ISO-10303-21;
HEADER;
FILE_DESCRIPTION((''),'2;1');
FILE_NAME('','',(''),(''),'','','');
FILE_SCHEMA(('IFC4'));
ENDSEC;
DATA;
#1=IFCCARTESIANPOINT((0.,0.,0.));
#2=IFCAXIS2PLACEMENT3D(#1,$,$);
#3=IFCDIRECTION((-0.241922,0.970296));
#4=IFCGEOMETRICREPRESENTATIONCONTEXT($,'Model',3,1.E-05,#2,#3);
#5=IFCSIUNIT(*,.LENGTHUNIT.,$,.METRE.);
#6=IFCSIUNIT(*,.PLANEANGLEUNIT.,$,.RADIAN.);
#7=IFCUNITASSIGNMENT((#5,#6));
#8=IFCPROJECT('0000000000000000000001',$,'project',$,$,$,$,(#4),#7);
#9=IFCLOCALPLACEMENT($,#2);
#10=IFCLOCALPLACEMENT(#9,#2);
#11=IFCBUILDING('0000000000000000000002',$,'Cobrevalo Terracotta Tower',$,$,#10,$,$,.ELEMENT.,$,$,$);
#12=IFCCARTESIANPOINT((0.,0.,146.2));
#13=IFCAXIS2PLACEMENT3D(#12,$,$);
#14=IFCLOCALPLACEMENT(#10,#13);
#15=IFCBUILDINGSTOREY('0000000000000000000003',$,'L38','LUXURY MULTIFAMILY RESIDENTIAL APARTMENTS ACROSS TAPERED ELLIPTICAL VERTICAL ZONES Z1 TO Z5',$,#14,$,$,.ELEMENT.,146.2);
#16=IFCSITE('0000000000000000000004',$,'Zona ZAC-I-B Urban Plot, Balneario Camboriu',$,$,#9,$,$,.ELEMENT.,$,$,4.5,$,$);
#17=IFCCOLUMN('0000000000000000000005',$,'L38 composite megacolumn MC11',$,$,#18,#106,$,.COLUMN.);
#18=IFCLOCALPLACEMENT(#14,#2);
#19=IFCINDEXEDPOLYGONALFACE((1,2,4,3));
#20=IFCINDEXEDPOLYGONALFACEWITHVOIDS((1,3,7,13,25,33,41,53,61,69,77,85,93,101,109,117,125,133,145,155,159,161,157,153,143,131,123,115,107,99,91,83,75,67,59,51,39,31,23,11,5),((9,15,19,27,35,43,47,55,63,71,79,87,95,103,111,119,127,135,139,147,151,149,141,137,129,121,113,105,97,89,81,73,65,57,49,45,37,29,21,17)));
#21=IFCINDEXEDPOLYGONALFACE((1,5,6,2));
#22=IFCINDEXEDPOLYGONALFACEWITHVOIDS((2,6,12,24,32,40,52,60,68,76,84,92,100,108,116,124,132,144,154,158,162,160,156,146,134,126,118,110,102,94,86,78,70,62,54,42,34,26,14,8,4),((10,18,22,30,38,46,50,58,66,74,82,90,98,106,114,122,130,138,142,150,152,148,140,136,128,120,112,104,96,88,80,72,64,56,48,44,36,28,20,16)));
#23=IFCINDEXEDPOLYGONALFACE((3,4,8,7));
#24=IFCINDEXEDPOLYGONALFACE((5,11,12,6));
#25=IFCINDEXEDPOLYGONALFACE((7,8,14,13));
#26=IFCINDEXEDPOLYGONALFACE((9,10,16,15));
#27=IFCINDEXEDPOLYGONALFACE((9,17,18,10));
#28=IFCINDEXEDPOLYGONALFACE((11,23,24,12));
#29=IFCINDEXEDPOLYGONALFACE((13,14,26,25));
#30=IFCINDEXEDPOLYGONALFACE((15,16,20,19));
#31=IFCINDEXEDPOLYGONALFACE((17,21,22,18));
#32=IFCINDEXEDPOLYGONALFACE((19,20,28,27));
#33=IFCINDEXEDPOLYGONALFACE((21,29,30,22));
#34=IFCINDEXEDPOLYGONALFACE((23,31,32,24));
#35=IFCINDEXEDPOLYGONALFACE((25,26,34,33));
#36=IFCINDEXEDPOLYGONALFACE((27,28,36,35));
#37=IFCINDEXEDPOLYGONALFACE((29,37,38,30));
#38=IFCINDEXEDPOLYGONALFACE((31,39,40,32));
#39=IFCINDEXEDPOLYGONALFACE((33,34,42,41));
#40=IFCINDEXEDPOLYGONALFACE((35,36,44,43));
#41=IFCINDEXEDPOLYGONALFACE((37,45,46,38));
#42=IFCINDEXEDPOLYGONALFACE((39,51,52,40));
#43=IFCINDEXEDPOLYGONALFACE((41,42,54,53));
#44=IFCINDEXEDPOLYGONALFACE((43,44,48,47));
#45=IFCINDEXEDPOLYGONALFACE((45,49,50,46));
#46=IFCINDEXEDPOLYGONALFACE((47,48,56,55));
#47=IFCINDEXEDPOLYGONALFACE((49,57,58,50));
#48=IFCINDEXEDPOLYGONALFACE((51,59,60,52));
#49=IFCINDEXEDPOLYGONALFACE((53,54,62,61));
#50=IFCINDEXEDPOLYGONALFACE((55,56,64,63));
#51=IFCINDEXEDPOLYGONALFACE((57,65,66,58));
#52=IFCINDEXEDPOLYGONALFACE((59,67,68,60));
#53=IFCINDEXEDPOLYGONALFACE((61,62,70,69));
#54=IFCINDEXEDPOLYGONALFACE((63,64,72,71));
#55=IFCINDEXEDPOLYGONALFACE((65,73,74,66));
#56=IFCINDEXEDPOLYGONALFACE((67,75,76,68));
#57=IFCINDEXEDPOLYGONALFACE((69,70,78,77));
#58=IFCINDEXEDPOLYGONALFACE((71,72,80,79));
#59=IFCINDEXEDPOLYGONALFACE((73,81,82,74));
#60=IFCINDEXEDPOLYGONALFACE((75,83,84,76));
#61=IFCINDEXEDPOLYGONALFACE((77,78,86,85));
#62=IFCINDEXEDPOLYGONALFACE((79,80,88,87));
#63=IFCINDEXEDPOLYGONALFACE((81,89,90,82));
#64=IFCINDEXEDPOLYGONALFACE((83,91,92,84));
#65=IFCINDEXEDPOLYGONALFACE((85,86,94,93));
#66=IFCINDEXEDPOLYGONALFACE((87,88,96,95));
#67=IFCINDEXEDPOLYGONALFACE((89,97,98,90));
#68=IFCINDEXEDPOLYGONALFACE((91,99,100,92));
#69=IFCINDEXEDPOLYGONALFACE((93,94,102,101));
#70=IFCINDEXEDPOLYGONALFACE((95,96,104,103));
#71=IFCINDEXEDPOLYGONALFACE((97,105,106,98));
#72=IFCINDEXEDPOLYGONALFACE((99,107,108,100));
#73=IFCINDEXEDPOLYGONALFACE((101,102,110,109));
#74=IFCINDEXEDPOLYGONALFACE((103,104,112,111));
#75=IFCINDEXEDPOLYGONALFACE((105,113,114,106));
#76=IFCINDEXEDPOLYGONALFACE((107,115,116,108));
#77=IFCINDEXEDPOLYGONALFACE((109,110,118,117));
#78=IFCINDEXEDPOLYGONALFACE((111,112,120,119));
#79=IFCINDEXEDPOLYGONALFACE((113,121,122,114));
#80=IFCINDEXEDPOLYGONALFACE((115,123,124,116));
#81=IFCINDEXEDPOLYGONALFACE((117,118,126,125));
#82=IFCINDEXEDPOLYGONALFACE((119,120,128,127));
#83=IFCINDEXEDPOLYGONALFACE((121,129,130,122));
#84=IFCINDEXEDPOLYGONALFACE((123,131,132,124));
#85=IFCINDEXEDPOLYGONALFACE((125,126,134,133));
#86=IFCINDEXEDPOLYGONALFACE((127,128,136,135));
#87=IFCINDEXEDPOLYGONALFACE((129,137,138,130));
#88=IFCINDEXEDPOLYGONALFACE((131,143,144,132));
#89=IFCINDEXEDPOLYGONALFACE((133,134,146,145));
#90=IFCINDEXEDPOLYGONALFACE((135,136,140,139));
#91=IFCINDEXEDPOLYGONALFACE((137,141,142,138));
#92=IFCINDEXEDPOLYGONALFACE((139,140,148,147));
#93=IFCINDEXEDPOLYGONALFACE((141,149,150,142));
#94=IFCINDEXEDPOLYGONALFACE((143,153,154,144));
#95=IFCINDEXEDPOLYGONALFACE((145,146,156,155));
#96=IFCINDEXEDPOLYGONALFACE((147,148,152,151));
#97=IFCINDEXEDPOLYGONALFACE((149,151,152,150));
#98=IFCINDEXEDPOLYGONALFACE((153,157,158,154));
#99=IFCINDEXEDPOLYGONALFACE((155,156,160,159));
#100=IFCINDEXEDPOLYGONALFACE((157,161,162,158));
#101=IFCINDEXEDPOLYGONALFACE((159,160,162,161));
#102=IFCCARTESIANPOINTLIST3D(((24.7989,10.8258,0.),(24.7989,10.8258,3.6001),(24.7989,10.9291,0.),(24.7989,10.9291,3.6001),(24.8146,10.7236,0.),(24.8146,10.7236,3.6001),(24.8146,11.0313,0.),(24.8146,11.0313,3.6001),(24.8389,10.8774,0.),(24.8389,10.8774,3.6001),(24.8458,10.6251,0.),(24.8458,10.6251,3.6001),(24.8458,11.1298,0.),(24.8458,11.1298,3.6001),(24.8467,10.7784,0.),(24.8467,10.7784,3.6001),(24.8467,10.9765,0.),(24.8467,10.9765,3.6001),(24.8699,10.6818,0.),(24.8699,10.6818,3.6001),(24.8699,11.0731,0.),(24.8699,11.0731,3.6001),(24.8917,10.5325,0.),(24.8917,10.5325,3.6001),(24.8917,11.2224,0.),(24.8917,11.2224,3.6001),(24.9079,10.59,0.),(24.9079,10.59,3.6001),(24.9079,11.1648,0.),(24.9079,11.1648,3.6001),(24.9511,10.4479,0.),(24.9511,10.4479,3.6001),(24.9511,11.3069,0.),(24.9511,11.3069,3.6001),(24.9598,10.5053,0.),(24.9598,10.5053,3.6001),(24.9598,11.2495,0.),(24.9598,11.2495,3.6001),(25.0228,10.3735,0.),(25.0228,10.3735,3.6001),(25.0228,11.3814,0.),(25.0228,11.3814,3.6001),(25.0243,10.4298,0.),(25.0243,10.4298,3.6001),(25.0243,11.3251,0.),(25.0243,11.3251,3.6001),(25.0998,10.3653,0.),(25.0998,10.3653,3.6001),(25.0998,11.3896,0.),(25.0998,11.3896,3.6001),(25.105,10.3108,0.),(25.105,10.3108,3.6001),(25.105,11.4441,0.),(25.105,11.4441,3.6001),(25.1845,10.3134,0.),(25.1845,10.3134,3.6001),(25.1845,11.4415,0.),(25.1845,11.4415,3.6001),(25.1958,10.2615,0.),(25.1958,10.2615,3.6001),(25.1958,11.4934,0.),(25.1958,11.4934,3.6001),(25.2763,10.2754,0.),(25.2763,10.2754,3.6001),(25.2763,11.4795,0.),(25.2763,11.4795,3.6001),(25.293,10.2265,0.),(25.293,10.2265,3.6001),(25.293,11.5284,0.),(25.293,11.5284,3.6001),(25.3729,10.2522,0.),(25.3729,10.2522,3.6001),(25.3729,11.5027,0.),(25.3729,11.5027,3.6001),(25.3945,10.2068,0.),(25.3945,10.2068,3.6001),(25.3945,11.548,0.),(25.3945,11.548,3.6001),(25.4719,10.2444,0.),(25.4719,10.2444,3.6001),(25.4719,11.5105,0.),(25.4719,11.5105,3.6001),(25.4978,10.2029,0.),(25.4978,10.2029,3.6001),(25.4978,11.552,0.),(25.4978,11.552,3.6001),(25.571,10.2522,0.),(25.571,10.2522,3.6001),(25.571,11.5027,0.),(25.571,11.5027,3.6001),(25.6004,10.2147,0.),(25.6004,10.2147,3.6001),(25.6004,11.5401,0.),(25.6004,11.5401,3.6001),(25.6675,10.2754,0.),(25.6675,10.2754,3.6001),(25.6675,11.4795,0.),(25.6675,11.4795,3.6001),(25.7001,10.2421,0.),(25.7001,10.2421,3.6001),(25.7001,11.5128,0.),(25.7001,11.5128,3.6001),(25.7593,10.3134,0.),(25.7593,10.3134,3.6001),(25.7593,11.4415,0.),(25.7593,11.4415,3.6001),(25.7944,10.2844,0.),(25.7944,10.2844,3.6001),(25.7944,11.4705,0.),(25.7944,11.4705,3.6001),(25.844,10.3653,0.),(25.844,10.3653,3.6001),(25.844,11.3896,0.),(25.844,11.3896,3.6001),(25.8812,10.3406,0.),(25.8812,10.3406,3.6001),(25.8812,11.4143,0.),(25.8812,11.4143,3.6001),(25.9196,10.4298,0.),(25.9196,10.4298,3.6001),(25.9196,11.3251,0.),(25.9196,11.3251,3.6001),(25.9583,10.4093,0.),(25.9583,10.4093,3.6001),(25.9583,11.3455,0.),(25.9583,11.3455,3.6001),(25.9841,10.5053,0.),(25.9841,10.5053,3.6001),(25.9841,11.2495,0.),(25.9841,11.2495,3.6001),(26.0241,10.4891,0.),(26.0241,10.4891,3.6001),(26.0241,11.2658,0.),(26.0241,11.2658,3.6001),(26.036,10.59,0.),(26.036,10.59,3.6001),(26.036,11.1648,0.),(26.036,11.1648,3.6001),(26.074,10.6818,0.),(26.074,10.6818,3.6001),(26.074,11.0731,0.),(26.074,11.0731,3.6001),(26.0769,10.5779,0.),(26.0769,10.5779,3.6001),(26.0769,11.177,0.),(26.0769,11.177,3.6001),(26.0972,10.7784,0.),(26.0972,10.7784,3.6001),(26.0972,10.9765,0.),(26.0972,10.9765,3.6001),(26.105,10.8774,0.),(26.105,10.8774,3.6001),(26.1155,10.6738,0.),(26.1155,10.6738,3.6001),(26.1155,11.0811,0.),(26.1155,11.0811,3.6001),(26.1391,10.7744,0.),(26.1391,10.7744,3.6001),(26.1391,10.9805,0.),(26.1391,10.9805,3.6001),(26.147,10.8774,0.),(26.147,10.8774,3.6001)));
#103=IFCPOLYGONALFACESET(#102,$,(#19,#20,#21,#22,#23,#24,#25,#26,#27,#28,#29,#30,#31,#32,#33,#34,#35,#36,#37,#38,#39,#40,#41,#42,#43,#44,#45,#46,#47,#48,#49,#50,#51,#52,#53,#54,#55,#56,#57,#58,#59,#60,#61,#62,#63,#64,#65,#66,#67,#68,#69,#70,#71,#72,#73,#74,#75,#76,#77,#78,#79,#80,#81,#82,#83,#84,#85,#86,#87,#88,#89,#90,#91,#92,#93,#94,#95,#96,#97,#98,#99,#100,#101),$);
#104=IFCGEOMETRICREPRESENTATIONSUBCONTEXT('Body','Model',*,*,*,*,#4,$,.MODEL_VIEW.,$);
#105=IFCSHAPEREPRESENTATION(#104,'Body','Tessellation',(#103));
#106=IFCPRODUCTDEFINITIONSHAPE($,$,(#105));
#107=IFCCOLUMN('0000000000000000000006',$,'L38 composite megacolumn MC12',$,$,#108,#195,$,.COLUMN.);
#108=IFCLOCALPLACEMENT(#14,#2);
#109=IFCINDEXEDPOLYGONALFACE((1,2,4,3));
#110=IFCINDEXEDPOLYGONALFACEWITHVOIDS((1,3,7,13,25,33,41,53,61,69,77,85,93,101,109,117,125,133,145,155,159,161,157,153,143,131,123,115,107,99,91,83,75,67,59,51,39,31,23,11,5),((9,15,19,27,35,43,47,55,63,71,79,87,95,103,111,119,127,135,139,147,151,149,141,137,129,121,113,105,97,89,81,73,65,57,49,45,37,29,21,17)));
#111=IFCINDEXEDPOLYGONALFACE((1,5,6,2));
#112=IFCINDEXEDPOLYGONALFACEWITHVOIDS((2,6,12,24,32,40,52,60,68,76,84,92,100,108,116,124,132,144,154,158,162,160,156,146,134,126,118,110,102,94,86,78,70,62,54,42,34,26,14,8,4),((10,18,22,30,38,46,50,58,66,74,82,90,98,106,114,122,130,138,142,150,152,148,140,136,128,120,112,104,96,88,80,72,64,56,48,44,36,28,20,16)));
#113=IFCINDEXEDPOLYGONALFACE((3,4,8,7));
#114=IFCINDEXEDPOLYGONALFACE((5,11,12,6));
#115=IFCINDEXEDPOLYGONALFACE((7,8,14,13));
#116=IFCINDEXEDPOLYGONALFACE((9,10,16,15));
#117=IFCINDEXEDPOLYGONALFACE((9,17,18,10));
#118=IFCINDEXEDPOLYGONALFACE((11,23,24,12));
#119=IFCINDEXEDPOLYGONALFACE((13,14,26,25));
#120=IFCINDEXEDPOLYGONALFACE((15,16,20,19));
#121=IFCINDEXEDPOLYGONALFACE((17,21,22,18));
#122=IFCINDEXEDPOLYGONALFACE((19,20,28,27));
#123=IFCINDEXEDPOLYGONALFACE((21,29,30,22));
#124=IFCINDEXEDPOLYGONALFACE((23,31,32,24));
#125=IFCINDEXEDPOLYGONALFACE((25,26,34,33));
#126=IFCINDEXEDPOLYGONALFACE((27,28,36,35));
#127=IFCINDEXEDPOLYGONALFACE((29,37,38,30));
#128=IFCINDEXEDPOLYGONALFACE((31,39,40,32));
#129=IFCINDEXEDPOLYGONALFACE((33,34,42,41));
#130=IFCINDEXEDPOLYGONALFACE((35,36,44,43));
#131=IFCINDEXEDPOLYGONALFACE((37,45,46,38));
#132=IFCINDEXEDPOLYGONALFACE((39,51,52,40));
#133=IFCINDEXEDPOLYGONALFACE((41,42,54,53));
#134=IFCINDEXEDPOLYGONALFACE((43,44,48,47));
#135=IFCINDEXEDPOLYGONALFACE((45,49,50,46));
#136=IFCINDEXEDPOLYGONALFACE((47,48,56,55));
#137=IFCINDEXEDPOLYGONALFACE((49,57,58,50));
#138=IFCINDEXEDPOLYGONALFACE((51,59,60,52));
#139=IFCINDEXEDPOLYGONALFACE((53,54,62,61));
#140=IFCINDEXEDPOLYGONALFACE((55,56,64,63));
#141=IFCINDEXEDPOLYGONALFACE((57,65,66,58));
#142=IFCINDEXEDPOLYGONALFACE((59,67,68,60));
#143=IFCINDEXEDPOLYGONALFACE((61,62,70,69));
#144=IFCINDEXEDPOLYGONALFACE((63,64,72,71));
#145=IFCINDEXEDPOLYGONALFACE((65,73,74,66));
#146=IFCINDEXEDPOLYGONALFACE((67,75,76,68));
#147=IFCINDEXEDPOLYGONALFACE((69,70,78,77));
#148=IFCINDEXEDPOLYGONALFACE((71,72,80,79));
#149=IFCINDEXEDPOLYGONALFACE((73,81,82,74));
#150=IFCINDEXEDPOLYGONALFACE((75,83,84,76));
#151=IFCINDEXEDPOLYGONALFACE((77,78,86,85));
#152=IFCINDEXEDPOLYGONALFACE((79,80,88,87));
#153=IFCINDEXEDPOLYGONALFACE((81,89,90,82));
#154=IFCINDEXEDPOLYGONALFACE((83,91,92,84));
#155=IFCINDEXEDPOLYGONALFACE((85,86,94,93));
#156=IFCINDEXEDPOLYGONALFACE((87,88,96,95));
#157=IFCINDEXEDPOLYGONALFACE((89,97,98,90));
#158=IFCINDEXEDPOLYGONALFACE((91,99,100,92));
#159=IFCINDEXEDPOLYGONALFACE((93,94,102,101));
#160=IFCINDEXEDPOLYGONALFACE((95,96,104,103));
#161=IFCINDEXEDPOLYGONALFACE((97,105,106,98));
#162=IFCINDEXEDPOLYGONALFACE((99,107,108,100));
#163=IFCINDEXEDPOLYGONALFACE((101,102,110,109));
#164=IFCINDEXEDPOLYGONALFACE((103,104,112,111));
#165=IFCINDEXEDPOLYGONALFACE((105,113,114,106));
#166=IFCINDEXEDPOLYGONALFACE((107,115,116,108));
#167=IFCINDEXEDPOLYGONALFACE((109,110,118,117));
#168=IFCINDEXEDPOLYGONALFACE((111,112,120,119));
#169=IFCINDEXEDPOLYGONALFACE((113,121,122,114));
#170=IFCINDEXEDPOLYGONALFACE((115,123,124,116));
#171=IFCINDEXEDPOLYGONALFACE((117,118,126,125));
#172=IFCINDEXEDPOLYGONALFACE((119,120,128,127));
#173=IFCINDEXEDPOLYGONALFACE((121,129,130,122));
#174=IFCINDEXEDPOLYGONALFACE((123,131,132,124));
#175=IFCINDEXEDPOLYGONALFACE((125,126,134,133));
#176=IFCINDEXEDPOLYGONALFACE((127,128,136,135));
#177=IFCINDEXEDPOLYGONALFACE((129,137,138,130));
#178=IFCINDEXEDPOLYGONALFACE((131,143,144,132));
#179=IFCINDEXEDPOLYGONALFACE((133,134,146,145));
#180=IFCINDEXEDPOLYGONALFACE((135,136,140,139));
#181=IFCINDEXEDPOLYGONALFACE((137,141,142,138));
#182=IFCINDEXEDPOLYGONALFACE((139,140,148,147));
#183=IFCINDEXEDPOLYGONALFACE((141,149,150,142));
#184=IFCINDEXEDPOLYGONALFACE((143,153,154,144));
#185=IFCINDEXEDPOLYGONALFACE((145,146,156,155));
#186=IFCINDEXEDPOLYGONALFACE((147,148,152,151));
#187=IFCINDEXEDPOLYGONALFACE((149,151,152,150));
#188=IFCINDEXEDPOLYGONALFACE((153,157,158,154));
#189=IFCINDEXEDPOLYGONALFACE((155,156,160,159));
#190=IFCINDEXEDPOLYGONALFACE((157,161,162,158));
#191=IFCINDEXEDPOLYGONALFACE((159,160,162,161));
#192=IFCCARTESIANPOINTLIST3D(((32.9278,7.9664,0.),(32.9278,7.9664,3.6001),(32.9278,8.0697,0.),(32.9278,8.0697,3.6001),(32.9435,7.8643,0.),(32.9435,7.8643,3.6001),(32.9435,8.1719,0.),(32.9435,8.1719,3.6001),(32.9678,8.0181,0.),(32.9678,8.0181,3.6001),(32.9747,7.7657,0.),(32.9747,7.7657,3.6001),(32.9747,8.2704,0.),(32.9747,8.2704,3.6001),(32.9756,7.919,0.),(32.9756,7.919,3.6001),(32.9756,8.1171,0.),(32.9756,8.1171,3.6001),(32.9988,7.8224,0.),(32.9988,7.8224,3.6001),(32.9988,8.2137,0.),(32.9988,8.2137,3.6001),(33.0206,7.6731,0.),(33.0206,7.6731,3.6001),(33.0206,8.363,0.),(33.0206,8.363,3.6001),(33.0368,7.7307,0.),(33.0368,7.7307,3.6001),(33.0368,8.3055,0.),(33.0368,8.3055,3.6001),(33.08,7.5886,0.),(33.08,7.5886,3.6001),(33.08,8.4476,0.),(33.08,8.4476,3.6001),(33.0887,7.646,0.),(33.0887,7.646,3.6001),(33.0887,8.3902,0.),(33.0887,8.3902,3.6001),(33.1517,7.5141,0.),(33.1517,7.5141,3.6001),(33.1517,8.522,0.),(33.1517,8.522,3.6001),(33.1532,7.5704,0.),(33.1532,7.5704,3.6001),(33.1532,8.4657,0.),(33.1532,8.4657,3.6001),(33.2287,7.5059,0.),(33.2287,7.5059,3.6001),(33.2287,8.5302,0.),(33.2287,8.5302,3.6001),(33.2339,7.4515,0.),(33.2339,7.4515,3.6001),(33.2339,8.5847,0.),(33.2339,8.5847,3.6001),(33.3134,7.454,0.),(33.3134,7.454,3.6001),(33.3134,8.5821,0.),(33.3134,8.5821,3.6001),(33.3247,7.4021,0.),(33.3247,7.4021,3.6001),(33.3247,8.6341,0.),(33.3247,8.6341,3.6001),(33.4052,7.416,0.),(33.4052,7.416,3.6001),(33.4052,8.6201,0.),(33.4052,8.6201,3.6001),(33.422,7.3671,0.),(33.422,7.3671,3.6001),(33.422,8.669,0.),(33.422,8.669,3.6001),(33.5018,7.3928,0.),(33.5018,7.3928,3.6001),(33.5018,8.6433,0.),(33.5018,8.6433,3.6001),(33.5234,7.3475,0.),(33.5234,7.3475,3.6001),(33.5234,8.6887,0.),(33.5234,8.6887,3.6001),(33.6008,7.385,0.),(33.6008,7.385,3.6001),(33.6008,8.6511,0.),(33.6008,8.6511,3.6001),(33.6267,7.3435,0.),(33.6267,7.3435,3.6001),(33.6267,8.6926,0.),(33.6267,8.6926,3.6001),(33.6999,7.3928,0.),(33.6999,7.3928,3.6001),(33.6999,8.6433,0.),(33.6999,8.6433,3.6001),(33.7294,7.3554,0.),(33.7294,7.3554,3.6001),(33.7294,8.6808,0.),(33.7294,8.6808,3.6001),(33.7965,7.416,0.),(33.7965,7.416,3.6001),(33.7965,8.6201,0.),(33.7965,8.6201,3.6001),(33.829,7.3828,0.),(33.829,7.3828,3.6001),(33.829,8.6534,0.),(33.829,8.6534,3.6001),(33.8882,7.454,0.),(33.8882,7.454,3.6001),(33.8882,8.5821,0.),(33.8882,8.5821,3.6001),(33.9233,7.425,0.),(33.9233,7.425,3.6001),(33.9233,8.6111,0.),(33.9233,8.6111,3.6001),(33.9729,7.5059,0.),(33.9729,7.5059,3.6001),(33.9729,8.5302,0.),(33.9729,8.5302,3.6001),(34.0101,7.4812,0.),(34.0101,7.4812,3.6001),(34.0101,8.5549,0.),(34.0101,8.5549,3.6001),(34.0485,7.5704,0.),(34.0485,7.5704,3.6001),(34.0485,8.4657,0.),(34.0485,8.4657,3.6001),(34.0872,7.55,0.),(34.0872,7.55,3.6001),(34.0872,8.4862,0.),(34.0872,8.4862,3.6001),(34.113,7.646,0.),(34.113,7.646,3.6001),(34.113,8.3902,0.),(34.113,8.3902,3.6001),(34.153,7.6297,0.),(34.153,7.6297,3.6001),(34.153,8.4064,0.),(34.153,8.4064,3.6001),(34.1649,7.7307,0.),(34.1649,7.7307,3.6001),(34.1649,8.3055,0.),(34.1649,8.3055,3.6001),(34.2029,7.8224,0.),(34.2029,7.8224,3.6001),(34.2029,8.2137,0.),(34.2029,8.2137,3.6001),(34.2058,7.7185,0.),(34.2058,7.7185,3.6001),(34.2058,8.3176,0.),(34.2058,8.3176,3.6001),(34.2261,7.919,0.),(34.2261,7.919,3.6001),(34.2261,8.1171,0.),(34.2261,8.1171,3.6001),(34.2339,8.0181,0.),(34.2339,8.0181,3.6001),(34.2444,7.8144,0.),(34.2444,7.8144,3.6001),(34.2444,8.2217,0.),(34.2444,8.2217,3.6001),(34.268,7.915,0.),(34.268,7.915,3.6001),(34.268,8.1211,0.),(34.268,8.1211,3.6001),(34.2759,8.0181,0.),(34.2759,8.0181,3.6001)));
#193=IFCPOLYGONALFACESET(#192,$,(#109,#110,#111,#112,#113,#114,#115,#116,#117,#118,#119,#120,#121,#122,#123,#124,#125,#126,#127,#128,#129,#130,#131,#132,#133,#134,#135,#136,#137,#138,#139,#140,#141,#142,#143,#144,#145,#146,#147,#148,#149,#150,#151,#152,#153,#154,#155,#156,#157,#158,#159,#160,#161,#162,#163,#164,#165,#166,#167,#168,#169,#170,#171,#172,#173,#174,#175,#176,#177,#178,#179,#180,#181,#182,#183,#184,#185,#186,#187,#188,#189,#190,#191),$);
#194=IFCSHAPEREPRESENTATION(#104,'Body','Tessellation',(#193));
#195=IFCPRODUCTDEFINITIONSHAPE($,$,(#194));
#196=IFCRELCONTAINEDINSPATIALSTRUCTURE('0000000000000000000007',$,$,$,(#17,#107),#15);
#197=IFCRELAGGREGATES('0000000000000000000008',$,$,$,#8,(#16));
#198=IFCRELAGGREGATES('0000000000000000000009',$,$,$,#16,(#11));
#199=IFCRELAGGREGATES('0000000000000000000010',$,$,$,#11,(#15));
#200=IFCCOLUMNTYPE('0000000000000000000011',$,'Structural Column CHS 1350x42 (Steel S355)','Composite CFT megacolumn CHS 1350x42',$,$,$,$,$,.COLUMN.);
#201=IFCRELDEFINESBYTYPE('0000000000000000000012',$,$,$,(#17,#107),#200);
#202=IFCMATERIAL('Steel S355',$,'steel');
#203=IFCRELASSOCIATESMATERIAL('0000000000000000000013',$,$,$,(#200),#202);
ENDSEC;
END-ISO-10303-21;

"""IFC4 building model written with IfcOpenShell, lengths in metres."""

from ifc_helpers import new_model, si_unit, direction, frame, origin, origin_2d, place, context, subcontext, project, spatial, hollow_circle, extrude, material, material_profile, profile_set, type_object, element, save


model = new_model("IFC4")

# Units and contexts
model_context = context("Model", 3, precision=1e-05, world=origin(), true_north=direction((-0.241922, 0.970296)))
body_context = subcontext(model_context, "Body", "Model", "MODEL_VIEW")
ifc_project = project(units=[si_unit("LENGTHUNIT", "METRE"), si_unit("PLANEANGLEUNIT", "RADIAN")], contexts=[model_context])

# Site, building, storey
site_placement = place(None, origin())
site = spatial("IfcSite", under=ifc_project, at=site_placement, Name="Zona ZAC-I-B Urban Plot, Balneario Camboriu", CompositionType="ELEMENT", RefElevation=4.5)
building_placement = place(site_placement, origin())
building = spatial("IfcBuilding", under=site, at=building_placement, Name="Cobrevalo Terracotta Tower", CompositionType="ELEMENT")
storey_placement = place(building_placement, frame((0.0, 0.0, 146.2)))
storey = spatial("IfcBuildingStorey", under=building, at=storey_placement, Name="L38", Description="LUXURY MULTIFAMILY RESIDENTIAL APARTMENTS ACROSS TAPERED ELLIPTICAL VERTICAL ZONES Z1 TO Z5", CompositionType="ELEMENT", Elevation=146.2)

# Columns
ifc_material_1 = material(Name="Steel S355", Category="steel")
ifc_material_profile_1 = material_profile(ifc_material_1, hollow_circle(Radius=0.675, WallThickness=0.042, at=origin_2d()), Name="CHS 1350x42")
ifc_profile_set_1 = profile_set([ifc_material_profile_1], Name="Steel S355")
column_type = type_object("IfcColumnType", Name="Structural Column CHS 1350x42 (Steel S355)", Description="Composite CFT megacolumn CHS 1350x42", PredefinedType="COLUMN", material=ifc_profile_set_1)
for number, where, z_axis, x_axis, name in (
    (1, (25.4719, 10.8774, 0.0), (0.0, 0.0, 1.0), (1.0, 0.0, 0.0), "L38 composite megacolumn MC11"),
    (2, (33.6008, 8.0181, 0.0), (0.0, 0.0, 1.0), (1.0, 0.0, 0.0), "L38 composite megacolumn MC12"),
):
    element("IfcColumn", number, at=place(storey_placement, frame(where, z_axis=z_axis, x_axis=x_axis)), inside=storey, type_object=column_type, Name=name, PredefinedType="COLUMN", context=body_context, shape_type="SweptSolid", body=[
        extrude(hollow_circle(Radius=0.675, WallThickness=0.042, at=origin_2d()), origin(), (0.0, 0.0, 1.0), 3.6001),
    ])

save(model, "model.ifc")
